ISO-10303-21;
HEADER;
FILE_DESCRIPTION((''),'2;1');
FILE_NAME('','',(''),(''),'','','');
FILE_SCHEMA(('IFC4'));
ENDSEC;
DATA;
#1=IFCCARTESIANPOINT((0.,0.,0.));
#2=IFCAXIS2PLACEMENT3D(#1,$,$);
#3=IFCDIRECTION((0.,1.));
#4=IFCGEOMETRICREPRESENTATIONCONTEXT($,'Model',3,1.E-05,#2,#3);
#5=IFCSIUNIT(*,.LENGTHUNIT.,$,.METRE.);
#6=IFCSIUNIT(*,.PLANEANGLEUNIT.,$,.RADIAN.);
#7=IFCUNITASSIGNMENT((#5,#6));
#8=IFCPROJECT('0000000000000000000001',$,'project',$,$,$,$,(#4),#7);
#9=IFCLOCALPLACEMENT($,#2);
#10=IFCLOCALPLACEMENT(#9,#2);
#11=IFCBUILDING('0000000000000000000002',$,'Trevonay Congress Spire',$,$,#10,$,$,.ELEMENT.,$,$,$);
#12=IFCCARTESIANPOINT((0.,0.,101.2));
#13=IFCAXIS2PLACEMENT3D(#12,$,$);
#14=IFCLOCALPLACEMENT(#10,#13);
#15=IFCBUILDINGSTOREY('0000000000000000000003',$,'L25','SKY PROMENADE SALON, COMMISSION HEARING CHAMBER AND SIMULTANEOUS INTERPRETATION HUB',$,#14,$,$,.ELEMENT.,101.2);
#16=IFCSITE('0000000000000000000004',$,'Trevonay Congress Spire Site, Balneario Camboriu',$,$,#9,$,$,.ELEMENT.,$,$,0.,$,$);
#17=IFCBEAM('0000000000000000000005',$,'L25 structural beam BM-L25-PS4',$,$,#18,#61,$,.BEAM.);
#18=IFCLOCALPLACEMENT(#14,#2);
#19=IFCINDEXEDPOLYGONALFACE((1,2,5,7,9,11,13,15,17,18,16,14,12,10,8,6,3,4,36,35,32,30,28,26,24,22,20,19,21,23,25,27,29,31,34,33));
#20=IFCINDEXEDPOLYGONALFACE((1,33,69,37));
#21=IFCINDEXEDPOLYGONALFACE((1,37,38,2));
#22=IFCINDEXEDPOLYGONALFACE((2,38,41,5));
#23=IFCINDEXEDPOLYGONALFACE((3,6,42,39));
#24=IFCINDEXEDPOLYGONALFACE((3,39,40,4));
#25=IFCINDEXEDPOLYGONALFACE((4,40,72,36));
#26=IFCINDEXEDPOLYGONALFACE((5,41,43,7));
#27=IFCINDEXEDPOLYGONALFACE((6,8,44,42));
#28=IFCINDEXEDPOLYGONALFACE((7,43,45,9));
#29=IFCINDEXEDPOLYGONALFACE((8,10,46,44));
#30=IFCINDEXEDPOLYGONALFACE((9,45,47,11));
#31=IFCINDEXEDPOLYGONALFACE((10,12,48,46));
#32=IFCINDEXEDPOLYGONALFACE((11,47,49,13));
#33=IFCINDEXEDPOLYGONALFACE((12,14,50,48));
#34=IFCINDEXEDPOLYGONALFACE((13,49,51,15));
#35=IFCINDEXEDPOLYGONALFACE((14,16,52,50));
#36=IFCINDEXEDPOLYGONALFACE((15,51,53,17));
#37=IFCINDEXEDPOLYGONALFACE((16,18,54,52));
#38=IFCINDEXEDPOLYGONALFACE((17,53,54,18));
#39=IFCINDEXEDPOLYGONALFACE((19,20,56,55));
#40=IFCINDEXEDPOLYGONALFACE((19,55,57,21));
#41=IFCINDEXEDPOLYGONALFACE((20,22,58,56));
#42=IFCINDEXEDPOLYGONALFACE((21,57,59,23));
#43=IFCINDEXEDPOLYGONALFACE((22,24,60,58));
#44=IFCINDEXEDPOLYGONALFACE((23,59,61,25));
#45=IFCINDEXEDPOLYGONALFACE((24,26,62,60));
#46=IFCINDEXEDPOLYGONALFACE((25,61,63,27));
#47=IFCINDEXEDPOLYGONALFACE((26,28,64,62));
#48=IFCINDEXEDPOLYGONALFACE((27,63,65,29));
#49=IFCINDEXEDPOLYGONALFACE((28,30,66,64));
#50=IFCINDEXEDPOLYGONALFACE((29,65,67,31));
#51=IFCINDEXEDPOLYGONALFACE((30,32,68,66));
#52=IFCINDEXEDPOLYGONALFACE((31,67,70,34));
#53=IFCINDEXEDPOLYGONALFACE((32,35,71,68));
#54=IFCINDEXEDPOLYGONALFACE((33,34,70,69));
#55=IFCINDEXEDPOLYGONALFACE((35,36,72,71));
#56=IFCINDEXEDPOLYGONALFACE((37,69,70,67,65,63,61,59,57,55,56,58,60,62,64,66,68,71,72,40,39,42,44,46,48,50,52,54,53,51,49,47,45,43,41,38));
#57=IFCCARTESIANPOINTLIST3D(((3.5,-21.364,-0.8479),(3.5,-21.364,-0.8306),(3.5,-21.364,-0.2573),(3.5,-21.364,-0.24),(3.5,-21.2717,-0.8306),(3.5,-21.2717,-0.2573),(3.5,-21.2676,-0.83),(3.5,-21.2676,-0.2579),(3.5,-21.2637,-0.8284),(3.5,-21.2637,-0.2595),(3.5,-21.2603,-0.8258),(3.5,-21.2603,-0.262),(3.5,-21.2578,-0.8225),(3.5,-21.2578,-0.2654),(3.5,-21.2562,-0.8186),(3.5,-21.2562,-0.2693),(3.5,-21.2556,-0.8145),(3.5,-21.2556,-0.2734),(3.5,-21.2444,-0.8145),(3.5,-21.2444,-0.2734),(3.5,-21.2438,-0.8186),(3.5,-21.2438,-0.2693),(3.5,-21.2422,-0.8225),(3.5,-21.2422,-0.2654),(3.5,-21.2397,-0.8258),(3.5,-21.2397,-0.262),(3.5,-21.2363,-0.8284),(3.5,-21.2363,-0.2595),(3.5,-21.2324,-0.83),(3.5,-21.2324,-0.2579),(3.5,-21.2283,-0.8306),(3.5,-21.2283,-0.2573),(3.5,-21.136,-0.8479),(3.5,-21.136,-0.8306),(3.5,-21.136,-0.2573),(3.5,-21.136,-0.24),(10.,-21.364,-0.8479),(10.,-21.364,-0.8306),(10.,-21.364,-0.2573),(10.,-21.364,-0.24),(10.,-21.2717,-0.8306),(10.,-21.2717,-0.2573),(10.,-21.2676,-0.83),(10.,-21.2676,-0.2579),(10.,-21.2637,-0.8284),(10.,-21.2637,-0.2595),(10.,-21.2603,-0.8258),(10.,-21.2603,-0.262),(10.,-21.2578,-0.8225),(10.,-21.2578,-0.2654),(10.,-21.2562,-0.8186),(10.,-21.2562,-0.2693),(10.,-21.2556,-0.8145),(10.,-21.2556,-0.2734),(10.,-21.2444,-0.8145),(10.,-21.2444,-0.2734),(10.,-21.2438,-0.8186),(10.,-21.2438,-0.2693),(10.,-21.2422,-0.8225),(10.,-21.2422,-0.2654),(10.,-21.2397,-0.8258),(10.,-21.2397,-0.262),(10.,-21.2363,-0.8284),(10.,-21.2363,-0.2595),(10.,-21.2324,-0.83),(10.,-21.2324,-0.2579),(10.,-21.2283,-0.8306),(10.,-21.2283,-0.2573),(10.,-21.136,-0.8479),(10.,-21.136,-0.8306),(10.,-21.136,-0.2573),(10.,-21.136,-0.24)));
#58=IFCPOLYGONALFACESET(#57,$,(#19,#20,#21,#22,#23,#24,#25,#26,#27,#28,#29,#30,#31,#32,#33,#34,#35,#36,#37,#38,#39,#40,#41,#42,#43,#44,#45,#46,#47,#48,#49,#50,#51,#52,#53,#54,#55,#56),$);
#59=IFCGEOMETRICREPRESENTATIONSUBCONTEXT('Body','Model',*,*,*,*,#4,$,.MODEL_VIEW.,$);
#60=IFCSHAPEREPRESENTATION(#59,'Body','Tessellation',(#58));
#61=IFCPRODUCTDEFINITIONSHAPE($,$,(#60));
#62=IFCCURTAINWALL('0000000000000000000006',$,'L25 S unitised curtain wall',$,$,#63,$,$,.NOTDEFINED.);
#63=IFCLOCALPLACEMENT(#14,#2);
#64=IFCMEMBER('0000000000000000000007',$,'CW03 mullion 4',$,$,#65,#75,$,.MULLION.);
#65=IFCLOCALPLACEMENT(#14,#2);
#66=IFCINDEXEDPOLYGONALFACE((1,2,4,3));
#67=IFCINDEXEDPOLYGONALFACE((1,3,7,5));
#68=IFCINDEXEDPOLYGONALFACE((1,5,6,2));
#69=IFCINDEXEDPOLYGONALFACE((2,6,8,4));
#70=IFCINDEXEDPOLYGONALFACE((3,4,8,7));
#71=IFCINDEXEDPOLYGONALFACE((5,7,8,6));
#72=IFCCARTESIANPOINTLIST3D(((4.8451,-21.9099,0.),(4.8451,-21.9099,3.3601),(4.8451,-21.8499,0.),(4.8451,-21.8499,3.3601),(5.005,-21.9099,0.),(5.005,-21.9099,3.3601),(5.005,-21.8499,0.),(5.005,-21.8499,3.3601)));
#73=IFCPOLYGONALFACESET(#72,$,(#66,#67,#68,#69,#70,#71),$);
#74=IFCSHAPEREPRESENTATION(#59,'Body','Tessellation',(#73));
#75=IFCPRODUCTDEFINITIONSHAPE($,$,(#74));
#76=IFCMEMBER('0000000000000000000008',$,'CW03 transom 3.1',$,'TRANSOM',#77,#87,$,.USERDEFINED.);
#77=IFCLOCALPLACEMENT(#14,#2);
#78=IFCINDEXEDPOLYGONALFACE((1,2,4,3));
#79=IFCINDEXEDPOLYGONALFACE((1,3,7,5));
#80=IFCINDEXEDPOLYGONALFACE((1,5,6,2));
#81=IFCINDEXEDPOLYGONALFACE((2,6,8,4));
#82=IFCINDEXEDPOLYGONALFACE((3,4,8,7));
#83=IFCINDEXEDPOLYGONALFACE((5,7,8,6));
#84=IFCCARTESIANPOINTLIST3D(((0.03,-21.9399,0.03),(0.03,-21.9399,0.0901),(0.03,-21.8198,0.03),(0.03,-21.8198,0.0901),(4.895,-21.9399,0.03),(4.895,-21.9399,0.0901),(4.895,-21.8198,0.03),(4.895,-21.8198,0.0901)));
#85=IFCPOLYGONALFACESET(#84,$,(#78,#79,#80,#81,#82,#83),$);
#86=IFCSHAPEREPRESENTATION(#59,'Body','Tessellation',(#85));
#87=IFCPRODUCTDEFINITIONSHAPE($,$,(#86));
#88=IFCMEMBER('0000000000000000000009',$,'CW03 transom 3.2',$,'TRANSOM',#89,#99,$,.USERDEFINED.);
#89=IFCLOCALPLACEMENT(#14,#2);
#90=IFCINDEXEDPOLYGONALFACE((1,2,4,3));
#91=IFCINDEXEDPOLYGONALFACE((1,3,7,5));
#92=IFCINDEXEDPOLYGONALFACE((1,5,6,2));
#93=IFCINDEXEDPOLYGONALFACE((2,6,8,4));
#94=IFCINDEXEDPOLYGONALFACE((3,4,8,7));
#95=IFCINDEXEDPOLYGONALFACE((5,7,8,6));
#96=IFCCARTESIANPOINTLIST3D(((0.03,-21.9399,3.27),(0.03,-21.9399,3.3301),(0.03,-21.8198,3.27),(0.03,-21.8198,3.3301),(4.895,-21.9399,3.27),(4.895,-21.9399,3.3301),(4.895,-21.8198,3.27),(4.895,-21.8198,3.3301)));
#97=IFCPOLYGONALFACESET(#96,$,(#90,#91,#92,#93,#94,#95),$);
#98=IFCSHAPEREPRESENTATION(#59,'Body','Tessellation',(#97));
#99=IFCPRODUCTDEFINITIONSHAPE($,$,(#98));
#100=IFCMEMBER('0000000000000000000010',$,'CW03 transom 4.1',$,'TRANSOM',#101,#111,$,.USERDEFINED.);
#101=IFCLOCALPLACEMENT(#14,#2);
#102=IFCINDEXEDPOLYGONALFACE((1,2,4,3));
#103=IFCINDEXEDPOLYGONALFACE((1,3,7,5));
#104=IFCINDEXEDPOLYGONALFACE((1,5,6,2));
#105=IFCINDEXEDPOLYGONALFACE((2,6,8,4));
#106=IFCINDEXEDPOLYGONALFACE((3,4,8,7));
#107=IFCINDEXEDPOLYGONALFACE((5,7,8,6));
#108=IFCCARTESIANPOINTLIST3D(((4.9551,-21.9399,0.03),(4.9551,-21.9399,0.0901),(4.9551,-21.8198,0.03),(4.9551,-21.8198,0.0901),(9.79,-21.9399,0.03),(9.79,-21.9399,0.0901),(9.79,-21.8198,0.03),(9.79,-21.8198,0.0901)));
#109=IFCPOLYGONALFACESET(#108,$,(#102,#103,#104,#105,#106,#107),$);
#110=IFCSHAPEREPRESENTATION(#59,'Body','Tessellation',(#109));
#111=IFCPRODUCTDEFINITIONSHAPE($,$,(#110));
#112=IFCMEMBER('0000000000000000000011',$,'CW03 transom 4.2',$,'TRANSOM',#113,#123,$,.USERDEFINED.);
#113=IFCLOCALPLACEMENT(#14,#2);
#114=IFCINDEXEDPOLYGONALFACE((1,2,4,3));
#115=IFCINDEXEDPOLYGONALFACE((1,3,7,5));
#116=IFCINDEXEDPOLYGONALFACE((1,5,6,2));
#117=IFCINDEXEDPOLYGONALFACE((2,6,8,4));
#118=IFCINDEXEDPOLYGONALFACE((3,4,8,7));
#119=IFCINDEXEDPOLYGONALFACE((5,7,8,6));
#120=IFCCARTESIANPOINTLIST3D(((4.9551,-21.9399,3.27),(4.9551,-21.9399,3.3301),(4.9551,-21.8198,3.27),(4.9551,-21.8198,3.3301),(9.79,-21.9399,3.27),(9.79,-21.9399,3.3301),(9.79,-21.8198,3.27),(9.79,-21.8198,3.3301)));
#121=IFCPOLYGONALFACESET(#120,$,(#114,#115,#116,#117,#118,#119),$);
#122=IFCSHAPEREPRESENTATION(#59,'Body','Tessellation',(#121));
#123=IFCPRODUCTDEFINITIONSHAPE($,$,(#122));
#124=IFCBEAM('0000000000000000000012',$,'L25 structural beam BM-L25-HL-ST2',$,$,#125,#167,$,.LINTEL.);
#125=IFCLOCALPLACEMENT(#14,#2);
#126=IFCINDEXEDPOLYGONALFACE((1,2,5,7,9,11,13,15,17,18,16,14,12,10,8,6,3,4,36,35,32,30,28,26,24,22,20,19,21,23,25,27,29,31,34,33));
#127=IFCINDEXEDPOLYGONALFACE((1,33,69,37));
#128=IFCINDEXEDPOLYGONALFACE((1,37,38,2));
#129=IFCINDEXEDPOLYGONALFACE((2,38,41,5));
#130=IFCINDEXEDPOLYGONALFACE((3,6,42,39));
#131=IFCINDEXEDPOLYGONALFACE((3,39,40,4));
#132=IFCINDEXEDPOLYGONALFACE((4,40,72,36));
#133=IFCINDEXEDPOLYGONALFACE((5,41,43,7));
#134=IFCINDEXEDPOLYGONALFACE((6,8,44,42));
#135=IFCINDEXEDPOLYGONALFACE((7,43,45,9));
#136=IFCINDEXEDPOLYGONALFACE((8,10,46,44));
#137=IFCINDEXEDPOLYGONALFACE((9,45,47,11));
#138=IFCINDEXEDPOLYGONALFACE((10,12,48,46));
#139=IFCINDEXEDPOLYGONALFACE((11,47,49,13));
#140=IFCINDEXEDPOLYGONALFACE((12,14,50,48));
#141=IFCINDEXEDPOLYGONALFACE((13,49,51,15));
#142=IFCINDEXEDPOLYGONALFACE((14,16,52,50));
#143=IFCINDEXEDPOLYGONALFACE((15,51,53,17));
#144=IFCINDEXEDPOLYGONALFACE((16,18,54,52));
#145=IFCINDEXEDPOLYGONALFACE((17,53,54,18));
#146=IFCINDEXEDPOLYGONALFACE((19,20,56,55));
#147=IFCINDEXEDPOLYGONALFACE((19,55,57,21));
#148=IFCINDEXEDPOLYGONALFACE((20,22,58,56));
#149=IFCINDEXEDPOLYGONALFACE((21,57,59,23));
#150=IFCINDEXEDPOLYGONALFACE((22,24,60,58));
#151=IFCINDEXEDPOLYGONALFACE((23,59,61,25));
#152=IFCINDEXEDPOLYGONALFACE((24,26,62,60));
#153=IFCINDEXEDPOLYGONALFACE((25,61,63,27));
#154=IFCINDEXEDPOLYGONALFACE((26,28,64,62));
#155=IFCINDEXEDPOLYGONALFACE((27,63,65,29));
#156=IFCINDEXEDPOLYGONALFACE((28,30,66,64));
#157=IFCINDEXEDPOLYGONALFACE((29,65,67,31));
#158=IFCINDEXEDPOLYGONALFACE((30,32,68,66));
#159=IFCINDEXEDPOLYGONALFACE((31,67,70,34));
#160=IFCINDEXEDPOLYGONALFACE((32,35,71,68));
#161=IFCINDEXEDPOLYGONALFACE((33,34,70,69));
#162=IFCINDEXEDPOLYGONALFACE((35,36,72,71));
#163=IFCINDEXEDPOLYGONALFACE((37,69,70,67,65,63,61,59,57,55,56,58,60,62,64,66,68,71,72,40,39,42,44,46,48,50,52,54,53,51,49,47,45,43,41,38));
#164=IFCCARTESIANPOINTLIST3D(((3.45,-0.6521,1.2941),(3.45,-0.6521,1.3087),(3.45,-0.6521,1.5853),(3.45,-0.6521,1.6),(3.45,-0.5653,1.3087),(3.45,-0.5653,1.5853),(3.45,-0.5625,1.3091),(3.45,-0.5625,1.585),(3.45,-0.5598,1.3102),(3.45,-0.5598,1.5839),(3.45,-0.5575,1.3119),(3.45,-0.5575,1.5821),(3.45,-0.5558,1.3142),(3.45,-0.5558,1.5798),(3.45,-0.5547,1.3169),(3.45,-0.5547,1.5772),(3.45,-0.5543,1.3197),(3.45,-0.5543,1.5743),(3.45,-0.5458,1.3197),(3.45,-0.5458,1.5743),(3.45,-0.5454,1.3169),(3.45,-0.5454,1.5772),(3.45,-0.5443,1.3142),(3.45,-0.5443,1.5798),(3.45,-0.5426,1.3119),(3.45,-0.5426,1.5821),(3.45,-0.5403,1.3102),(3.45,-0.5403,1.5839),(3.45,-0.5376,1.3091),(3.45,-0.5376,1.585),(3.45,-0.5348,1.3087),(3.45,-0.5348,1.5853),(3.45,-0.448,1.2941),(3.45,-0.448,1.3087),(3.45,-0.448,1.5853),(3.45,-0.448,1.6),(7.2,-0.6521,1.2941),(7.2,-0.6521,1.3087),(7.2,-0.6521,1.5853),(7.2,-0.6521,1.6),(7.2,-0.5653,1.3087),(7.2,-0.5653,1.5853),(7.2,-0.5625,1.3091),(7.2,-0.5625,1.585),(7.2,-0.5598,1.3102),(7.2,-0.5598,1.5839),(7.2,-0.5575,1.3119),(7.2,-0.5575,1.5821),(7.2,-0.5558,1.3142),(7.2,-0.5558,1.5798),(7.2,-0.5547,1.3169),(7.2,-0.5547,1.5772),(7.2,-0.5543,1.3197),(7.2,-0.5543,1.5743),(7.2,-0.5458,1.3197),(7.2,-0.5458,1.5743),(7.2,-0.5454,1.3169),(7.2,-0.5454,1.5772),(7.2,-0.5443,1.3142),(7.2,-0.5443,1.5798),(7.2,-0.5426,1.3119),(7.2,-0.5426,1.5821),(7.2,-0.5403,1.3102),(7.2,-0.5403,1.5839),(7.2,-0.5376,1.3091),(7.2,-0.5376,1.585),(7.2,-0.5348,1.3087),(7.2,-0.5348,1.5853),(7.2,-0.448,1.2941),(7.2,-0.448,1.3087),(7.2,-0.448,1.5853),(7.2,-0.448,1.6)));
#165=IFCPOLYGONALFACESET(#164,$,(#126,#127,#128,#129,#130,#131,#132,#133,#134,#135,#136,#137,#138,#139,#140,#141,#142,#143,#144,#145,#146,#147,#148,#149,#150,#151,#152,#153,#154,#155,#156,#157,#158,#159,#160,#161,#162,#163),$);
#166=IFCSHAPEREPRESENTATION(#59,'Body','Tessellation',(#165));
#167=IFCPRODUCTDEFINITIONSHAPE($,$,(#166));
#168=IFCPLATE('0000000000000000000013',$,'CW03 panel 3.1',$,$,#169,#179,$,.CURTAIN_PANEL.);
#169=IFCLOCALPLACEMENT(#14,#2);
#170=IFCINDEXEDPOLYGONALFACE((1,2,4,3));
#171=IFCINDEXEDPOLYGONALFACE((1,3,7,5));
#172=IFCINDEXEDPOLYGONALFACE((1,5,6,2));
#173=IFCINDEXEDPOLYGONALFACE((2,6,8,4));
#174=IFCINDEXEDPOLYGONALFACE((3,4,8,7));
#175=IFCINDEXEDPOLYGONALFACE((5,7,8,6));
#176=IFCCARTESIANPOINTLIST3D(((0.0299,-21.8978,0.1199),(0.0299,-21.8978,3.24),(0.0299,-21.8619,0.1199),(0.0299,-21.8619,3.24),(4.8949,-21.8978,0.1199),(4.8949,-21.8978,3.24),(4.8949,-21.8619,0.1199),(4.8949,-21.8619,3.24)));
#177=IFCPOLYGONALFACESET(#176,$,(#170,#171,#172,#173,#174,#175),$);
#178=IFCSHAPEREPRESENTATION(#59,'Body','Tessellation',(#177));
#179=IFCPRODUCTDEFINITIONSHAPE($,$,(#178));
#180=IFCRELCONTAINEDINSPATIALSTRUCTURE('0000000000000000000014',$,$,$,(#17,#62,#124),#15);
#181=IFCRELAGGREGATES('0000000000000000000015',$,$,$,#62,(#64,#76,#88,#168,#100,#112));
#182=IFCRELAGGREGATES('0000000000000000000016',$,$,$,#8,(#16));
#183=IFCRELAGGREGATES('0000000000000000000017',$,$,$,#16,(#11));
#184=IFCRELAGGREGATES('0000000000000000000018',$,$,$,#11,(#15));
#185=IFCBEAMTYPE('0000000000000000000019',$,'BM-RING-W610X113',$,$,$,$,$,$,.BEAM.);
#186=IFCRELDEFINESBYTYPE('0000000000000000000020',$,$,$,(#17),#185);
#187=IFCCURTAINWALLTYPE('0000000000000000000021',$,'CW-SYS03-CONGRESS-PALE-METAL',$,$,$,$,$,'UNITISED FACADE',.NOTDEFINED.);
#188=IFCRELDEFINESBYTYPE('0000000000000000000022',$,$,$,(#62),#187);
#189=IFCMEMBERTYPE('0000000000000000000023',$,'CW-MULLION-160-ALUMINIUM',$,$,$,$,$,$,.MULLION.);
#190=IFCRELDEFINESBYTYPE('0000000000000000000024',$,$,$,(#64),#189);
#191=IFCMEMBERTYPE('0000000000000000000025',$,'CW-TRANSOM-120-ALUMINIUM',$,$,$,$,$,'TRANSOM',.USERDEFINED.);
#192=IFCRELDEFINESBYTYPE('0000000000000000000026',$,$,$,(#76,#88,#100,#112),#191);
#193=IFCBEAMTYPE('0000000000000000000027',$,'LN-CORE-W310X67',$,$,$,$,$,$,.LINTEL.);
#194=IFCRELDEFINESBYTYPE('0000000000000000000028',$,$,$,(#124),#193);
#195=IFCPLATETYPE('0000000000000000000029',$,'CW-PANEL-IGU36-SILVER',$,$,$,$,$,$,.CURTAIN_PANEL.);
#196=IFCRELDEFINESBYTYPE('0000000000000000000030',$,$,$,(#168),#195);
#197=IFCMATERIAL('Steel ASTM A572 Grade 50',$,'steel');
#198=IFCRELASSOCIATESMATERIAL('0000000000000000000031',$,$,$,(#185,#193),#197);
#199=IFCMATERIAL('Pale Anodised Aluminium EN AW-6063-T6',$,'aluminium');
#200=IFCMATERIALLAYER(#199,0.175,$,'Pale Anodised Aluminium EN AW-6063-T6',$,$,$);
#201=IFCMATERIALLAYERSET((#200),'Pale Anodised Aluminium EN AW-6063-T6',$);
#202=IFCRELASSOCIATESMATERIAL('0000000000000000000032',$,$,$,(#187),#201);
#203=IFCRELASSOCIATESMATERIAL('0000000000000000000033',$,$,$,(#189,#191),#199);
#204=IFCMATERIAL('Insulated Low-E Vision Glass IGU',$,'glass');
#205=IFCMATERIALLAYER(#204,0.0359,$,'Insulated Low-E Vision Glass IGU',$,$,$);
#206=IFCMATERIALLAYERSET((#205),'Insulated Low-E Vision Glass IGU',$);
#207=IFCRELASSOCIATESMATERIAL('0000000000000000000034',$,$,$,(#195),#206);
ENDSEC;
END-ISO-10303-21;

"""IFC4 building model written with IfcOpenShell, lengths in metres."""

from ifc_helpers import new_model, si_unit, direction, frame, origin, origin_2d, place, context, subcontext, project, spatial, rectangle, i_section, extrude, material, layer, layer_set, material_profile, profile_set, type_object, element, aggregate, save


model = new_model("IFC4")

# Units and contexts
model_context = context("Model", 3, precision=1e-05, world=origin(), true_north=direction((0.0, 1.0)))
body_context = subcontext(model_context, "Body", "Model", "MODEL_VIEW")
ifc_project = project(units=[si_unit("LENGTHUNIT", "METRE"), si_unit("PLANEANGLEUNIT", "RADIAN")], contexts=[model_context])

# Site, building, storey
site_placement = place(None, origin())
site = spatial("IfcSite", under=ifc_project, at=site_placement, Name="Trevonay Congress Spire Site, Balneario Camboriu", CompositionType="ELEMENT", RefElevation=0.0)
building_placement = place(site_placement, origin())
building = spatial("IfcBuilding", under=site, at=building_placement, Name="Trevonay Congress Spire", CompositionType="ELEMENT")
storey_placement = place(building_placement, frame((0.0, 0.0, 101.2)))
storey = spatial("IfcBuildingStorey", under=building, at=storey_placement, Name="L25", Description="SKY PROMENADE SALON, COMMISSION HEARING CHAMBER AND SIMULTANEOUS INTERPRETATION HUB", CompositionType="ELEMENT", Elevation=101.2)

# Shared definitions
ifc_material_1 = material(Name="Steel ASTM A572 Grade 50", Category="steel")

# Beam
ifc_material_profile_1 = material_profile(ifc_material_1, i_section(OverallWidth=0.228, OverallDepth=0.6079, WebThickness=0.0112, FlangeThickness=0.0173, FilletRadius=0.0161, at=origin_2d()), Name="W610x113")
ifc_profile_set_1 = profile_set([ifc_material_profile_1], Name="Steel ASTM A572 Grade 50")
beam_type_1 = type_object("IfcBeamType", Name="BM-RING-W610X113", PredefinedType="BEAM", material=ifc_profile_set_1)
beam_1_placement = place(storey_placement, frame((3.5, -21.25, -0.5439), z_axis=(1.0, 0.0, 0.0), x_axis=(0.0, 1.0, 0.0)))
element("IfcBeam", 1, at=beam_1_placement, inside=storey, type_object=beam_type_1, Name="L25 structural beam BM-L25-PS4", PredefinedType="BEAM", context=body_context, shape_type="SweptSolid", body=[
    extrude(i_section(OverallWidth=0.228, OverallDepth=0.6079, WebThickness=0.0112, FlangeThickness=0.0173, FilletRadius=0.0161, at=origin_2d()), origin(), (0.0, 0.0, 1.0), 6.5),
])

# Curtain wall, members
ifc_material_2 = material(Name="Pale Anodised Aluminium EN AW-6063-T6", Category="aluminium")
ifc_layer_1 = layer(ifc_material_2, 0.175, Name="Pale Anodised Aluminium EN AW-6063-T6")
ifc_layer_set_1 = layer_set([ifc_layer_1], Name="Pale Anodised Aluminium EN AW-6063-T6")
curtain_wall_type = type_object("IfcCurtainWallType", Name="CW-SYS03-CONGRESS-PALE-METAL", ElementType="UNITISED FACADE", PredefinedType="NOTDEFINED", material=ifc_layer_set_1)
curtain_wall_placement = place(storey_placement, origin())
curtain_wall = element("IfcCurtainWall", 2, at=curtain_wall_placement, inside=storey, type_object=curtain_wall_type, Name="L25 S unitised curtain wall", PredefinedType="NOTDEFINED")
ifc_material_profile_2 = material_profile(ifc_material_2, rectangle(XDim=0.0601, YDim=0.1599, at=origin_2d()), Name="CW-MULLION-160-ALUMINIUM")
ifc_profile_set_2 = profile_set([ifc_material_profile_2], Name="Pale Anodised Aluminium EN AW-6063-T6")
member_type_1 = type_object("IfcMemberType", Name="CW-MULLION-160-ALUMINIUM", PredefinedType="MULLION", material=ifc_profile_set_2)
member_1_placement = place(storey_placement, frame((4.925, -21.8799, 0.0), z_axis=(0.0, 0.0, 1.0), x_axis=(0.0, 1.0, 0.0)))
member_1 = element("IfcMember", 3, at=member_1_placement, type_object=member_type_1, Name="CW03 mullion 4", PredefinedType="MULLION", context=body_context, shape_type="SweptSolid", body=[
    extrude(rectangle(XDim=0.0601, YDim=0.1599, at=origin_2d()), origin(), (0.0, 0.0, 1.0), 3.3601),
])
ifc_material_profile_3 = material_profile(ifc_material_2, rectangle(XDim=0.1201, YDim=0.0601, at=origin_2d()), Name="CW-TRANSOM-120-ALUMINIUM")
ifc_profile_set_3 = profile_set([ifc_material_profile_3], Name="Pale Anodised Aluminium EN AW-6063-T6")
member_type_2 = type_object("IfcMemberType", Name="CW-TRANSOM-120-ALUMINIUM", ElementType="TRANSOM", PredefinedType="USERDEFINED", material=ifc_profile_set_3)
member_2_placement = place(storey_placement, frame((0.03, -21.8799, 0.0601), z_axis=(1.0, 0.0, 0.0), x_axis=(0.0, 1.0, 0.0)))
member_2 = element("IfcMember", 4, at=member_2_placement, type_object=member_type_2, Name="CW03 transom 3.1", ObjectType="TRANSOM", PredefinedType="USERDEFINED", context=body_context, shape_type="SweptSolid", body=[
    extrude(rectangle(XDim=0.1201, YDim=0.0601, at=origin_2d()), origin(), (0.0, 0.0, 1.0), 4.865),
])
member_3_placement = place(storey_placement, frame((0.03, -21.8799, 3.3), z_axis=(1.0, 0.0, 0.0), x_axis=(0.0, 1.0, 0.0)))
member_3 = element("IfcMember", 5, at=member_3_placement, type_object=member_type_2, Name="CW03 transom 3.2", ObjectType="TRANSOM", PredefinedType="USERDEFINED", context=body_context, shape_type="SweptSolid", body=[
    extrude(rectangle(XDim=0.1201, YDim=0.0601, at=origin_2d()), origin(), (0.0, 0.0, 1.0), 4.865),
])
member_4_placement = place(storey_placement, frame((4.9551, -21.8799, 0.0601), z_axis=(1.0, 0.0, 0.0), x_axis=(0.0, 1.0, 0.0)))
member_4 = element("IfcMember", 6, at=member_4_placement, type_object=member_type_2, Name="CW03 transom 4.1", ObjectType="TRANSOM", PredefinedType="USERDEFINED", context=body_context, shape_type="SweptSolid", body=[
    extrude(rectangle(XDim=0.1201, YDim=0.0601, at=origin_2d()), origin(), (0.0, 0.0, 1.0), 4.835),
])
member_5_placement = place(storey_placement, frame((4.9551, -21.8799, 3.3), z_axis=(1.0, 0.0, 0.0), x_axis=(0.0, 1.0, 0.0)))
member_5 = element("IfcMember", 7, at=member_5_placement, type_object=member_type_2, Name="CW03 transom 4.2", ObjectType="TRANSOM", PredefinedType="USERDEFINED", context=body_context, shape_type="SweptSolid", body=[
    extrude(rectangle(XDim=0.1201, YDim=0.0601, at=origin_2d()), origin(), (0.0, 0.0, 1.0), 4.835),
])

# Beam
ifc_material_profile_4 = material_profile(ifc_material_1, i_section(OverallWidth=0.2041, OverallDepth=0.3059, WebThickness=0.0085, FlangeThickness=0.0146, FilletRadius=0.011, at=origin_2d()), Name="W310x67")
ifc_profile_set_4 = profile_set([ifc_material_profile_4], Name="Steel ASTM A572 Grade 50")
beam_type_2 = type_object("IfcBeamType", Name="LN-CORE-W310X67", PredefinedType="LINTEL", material=ifc_profile_set_4)
beam_2_placement = place(storey_placement, frame((3.45, -0.55, 1.447), z_axis=(1.0, 0.0, 0.0), x_axis=(0.0, 1.0, 0.0)))
element("IfcBeam", 8, at=beam_2_placement, inside=storey, type_object=beam_type_2, Name="L25 structural beam BM-L25-HL-ST2", PredefinedType="LINTEL", context=body_context, shape_type="SweptSolid", body=[
    extrude(i_section(OverallWidth=0.2041, OverallDepth=0.3059, WebThickness=0.0085, FlangeThickness=0.0146, FilletRadius=0.011, at=origin_2d()), origin(), (0.0, 0.0, 1.0), 3.75),
])

# Plate
ifc_material_3 = material(Name="Insulated Low-E Vision Glass IGU", Category="glass")
ifc_layer_2 = layer(ifc_material_3, 0.0359, Name="Insulated Low-E Vision Glass IGU")
ifc_layer_set_2 = layer_set([ifc_layer_2], Name="Insulated Low-E Vision Glass IGU")
plate_type = type_object("IfcPlateType", Name="CW-PANEL-IGU36-SILVER", PredefinedType="CURTAIN_PANEL", material=ifc_layer_set_2)
plate_1_placement = place(storey_placement, frame((2.4624, -21.8799, 0.1199), z_axis=(0.0, 0.0, 1.0), x_axis=(1.0, 0.0, 0.0)))
plate_1 = element("IfcPlate", 9, at=plate_1_placement, type_object=plate_type, Name="CW03 panel 3.1", PredefinedType="CURTAIN_PANEL", context=body_context, shape_type="SweptSolid", body=[
    extrude(rectangle(XDim=4.865, YDim=0.0359, at=origin_2d()), origin(), (0.0, 0.0, 1.0), 3.1201),
])
aggregate(curtain_wall, [member_1, member_2, member_3, plate_1, member_4, member_5])

save(model, "model.ifc")
